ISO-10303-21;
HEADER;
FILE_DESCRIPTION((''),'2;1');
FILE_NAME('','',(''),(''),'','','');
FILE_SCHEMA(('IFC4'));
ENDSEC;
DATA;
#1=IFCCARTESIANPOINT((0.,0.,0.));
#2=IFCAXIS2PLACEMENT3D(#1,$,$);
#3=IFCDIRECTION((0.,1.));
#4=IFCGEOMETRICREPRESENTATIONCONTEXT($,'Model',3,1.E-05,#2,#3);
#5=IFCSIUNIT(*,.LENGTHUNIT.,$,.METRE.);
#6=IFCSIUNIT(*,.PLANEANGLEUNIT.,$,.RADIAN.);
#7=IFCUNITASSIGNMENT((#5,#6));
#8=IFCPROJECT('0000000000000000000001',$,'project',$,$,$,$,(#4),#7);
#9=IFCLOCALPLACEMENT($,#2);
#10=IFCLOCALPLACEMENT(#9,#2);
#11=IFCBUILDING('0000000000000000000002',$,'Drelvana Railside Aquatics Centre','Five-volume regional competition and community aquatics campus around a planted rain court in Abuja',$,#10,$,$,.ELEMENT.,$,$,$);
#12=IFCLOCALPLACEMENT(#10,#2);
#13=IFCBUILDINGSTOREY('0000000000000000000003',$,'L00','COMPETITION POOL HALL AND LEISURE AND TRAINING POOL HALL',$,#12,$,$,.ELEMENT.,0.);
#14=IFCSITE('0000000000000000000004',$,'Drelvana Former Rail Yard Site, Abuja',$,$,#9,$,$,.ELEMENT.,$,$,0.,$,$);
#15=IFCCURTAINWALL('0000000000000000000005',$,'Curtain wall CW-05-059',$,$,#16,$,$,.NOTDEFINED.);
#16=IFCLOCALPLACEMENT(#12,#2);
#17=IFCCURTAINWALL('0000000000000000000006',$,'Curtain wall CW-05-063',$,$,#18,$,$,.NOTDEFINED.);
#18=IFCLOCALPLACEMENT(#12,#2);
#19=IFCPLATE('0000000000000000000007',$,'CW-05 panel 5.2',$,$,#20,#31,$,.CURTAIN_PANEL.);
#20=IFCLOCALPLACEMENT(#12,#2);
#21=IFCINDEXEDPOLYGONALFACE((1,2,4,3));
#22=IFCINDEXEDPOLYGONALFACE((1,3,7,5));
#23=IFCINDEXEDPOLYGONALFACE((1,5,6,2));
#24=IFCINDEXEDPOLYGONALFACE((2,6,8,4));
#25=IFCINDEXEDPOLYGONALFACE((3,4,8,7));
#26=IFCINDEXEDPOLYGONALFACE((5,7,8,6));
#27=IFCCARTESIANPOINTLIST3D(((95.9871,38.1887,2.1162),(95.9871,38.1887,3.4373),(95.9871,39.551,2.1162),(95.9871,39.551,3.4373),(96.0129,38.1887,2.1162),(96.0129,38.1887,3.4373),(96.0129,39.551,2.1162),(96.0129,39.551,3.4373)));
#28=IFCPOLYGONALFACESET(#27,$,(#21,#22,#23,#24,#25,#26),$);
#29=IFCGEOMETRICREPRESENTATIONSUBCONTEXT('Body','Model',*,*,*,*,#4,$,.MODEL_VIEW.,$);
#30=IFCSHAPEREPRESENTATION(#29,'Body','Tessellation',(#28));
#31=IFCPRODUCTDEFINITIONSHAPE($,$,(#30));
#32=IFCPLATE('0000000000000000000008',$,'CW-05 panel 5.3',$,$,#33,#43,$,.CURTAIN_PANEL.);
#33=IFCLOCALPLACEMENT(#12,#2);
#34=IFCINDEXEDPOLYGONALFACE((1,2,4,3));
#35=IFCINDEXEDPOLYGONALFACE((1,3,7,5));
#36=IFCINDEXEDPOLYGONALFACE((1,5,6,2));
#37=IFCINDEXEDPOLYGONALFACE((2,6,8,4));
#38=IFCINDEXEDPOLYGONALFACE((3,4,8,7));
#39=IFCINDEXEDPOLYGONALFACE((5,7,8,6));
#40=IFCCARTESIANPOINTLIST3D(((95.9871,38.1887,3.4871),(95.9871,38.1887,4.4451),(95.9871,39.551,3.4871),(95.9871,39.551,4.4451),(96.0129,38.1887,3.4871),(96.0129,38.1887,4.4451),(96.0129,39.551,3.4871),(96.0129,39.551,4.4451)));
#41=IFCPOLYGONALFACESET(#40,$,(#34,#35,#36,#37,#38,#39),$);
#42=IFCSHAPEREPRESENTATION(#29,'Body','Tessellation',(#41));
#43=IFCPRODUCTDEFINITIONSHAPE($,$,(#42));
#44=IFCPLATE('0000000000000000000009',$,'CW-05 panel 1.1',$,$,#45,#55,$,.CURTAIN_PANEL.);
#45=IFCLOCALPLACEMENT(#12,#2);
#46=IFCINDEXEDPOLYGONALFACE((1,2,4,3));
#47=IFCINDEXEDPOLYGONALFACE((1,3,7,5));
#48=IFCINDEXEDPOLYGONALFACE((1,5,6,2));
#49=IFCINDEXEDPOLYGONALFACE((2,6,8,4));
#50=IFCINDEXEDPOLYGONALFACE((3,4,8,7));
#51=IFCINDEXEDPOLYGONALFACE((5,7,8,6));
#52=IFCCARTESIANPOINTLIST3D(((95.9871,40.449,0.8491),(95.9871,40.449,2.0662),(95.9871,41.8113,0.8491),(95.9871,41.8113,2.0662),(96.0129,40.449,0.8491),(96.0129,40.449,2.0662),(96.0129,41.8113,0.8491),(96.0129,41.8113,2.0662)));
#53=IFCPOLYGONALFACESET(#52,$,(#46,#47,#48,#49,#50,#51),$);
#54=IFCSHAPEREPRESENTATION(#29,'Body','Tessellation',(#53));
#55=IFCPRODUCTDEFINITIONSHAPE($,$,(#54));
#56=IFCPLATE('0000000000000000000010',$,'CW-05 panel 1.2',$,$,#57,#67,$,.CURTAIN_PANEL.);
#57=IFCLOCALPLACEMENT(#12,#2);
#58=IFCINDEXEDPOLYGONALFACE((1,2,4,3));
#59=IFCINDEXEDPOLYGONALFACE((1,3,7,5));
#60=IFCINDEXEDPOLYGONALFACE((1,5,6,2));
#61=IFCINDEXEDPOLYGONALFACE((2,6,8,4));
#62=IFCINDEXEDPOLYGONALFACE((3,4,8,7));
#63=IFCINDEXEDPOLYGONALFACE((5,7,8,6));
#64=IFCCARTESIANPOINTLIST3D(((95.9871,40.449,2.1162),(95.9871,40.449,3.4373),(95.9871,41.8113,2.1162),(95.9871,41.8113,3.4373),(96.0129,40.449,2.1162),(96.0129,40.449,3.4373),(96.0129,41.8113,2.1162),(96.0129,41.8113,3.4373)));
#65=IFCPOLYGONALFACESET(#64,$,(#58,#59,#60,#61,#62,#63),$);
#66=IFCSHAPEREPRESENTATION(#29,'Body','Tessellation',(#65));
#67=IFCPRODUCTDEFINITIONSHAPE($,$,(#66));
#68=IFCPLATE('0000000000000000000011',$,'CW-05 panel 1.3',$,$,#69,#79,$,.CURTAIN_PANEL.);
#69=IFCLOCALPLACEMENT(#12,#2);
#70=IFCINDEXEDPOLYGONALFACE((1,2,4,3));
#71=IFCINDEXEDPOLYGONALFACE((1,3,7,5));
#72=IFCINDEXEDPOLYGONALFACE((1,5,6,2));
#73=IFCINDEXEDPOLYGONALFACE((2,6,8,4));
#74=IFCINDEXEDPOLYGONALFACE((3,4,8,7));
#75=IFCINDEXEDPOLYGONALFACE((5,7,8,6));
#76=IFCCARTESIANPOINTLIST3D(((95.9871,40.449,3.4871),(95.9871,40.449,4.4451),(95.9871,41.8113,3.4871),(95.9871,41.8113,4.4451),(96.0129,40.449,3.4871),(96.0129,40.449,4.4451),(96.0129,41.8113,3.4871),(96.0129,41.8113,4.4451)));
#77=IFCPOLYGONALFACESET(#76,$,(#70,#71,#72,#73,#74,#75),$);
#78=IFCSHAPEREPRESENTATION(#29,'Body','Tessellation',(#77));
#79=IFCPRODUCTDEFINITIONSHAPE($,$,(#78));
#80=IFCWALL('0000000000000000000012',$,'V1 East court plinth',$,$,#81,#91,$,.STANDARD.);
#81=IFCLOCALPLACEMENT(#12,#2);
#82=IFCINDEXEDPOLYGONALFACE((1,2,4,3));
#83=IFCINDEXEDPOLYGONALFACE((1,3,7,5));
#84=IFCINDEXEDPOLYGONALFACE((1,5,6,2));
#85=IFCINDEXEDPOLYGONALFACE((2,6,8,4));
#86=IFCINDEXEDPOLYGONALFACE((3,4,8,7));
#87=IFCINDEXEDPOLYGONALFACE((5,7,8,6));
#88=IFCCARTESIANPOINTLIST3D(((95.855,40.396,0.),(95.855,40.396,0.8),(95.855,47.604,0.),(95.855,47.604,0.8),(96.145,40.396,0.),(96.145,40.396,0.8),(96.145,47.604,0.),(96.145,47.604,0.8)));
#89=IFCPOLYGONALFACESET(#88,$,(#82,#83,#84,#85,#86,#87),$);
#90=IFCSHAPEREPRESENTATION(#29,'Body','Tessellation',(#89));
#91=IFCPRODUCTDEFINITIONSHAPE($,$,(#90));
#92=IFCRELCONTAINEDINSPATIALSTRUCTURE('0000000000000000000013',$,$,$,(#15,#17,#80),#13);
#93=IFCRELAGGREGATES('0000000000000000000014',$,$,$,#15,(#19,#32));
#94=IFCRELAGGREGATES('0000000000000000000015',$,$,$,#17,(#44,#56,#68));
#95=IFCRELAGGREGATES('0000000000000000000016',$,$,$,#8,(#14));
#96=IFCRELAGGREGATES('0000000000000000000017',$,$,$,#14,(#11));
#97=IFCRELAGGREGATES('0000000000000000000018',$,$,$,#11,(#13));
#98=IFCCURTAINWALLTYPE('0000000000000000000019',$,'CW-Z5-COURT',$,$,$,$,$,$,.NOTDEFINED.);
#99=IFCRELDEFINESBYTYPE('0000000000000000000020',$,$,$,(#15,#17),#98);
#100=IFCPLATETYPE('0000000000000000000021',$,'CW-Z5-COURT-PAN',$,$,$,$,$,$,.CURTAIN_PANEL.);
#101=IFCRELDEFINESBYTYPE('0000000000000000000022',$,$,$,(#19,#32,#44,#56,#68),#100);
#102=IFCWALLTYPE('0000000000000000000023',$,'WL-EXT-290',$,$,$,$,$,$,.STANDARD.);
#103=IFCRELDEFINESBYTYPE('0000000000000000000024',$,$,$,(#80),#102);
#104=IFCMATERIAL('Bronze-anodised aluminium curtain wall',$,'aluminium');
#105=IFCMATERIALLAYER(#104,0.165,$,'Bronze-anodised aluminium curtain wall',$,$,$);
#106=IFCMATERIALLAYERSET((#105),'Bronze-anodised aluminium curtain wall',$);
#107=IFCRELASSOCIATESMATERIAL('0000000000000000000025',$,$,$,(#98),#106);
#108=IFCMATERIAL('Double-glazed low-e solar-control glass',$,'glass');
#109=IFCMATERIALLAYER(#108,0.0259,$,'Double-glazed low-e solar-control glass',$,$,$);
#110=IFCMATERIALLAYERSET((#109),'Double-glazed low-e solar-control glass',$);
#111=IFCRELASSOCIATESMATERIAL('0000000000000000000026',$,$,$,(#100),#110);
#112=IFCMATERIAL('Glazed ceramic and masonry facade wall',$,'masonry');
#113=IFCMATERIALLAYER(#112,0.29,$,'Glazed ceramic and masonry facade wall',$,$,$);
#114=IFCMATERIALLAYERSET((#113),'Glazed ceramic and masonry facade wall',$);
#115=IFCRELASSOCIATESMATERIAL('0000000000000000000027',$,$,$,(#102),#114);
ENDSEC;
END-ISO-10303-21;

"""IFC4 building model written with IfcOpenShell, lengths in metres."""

from ifc_helpers import new_model, si_unit, direction, frame, frame_2d, origin, origin_2d, place, context, subcontext, project, spatial, rectangle, extrude, material, layer, layer_set, type_object, element, aggregate, save


model = new_model("IFC4")

# Units and contexts
model_context = context("Model", 3, precision=1e-05, world=origin(), true_north=direction((0.0, 1.0)))
body_context = subcontext(model_context, "Body", "Model", "MODEL_VIEW")
ifc_project = project(units=[si_unit("LENGTHUNIT", "METRE"), si_unit("PLANEANGLEUNIT", "RADIAN")], contexts=[model_context])

# Site, building, storey
site_placement = place(None, origin())
site = spatial("IfcSite", under=ifc_project, at=site_placement, Name="Drelvana Former Rail Yard Site, Abuja", CompositionType="ELEMENT", RefElevation=0.0)
building_placement = place(site_placement, origin())
building = spatial("IfcBuilding", under=site, at=building_placement, Name="Drelvana Railside Aquatics Centre", Description="Five-volume regional competition and community aquatics campus around a planted rain court in Abuja", CompositionType="ELEMENT")
storey_placement = place(building_placement, origin())
storey = spatial("IfcBuildingStorey", under=building, at=storey_placement, Name="L00", Description="COMPETITION POOL HALL AND LEISURE AND TRAINING POOL HALL", CompositionType="ELEMENT", Elevation=0.0)

# Curtain walls
ifc_material_1 = material(Name="Bronze-anodised aluminium curtain wall", Category="aluminium")
ifc_layer_1 = layer(ifc_material_1, 0.165, Name="Bronze-anodised aluminium curtain wall")
ifc_layer_set_1 = layer_set([ifc_layer_1], Name="Bronze-anodised aluminium curtain wall")
curtain_wall_type = type_object("IfcCurtainWallType", Name="CW-Z5-COURT", PredefinedType="NOTDEFINED", material=ifc_layer_set_1)
curtain_wall_1_placement = place(storey_placement, origin())
curtain_wall_1 = element("IfcCurtainWall", 1, at=curtain_wall_1_placement, inside=storey, type_object=curtain_wall_type, Name="Curtain wall CW-05-059", PredefinedType="NOTDEFINED")
curtain_wall_2_placement = place(storey_placement, origin())
curtain_wall_2 = element("IfcCurtainWall", 2, at=curtain_wall_2_placement, inside=storey, type_object=curtain_wall_type, Name="Curtain wall CW-05-063", PredefinedType="NOTDEFINED")

# Plates
ifc_material_2 = material(Name="Double-glazed low-e solar-control glass", Category="glass")
ifc_layer_2 = layer(ifc_material_2, 0.0259, Name="Double-glazed low-e solar-control glass")
ifc_layer_set_2 = layer_set([ifc_layer_2], Name="Double-glazed low-e solar-control glass")
plate_type = type_object("IfcPlateType", Name="CW-Z5-COURT-PAN", PredefinedType="CURTAIN_PANEL", material=ifc_layer_set_2)
plate_1_placement = place(storey_placement, frame((96.0, 38.8699, 2.1162), z_axis=(0.0, 0.0, 1.0), x_axis=(0.0, 1.0, 0.0)))
plate_1 = element("IfcPlate", 3, at=plate_1_placement, type_object=plate_type, Name="CW-05 panel 5.2", PredefinedType="CURTAIN_PANEL", context=body_context, shape_type="SweptSolid", body=[
    extrude(rectangle(XDim=1.3623, YDim=0.0259, at=origin_2d()), origin(), (0.0, 0.0, 1.0), 1.321),
])
plate_2_placement = place(storey_placement, frame((96.0, 38.8699, 3.4871), z_axis=(0.0, 0.0, 1.0), x_axis=(0.0, 1.0, 0.0)))
plate_2 = element("IfcPlate", 4, at=plate_2_placement, type_object=plate_type, Name="CW-05 panel 5.3", PredefinedType="CURTAIN_PANEL", context=body_context, shape_type="SweptSolid", body=[
    extrude(rectangle(XDim=1.3623, YDim=0.0259, at=origin_2d()), origin(), (0.0, 0.0, 1.0), 0.958),
])
aggregate(curtain_wall_1, [plate_1, plate_2])
plate_3_placement = place(storey_placement, frame((96.0, 41.1301, 0.8491), z_axis=(0.0, 0.0, 1.0), x_axis=(0.0, 1.0, 0.0)))
plate_3 = element("IfcPlate", 5, at=plate_3_placement, type_object=plate_type, Name="CW-05 panel 1.1", PredefinedType="CURTAIN_PANEL", context=body_context, shape_type="SweptSolid", body=[
    extrude(rectangle(XDim=1.3623, YDim=0.0259, at=origin_2d()), origin(), (0.0, 0.0, 1.0), 1.217),
])
plate_4_placement = place(storey_placement, frame((96.0, 41.1301, 2.1162), z_axis=(0.0, 0.0, 1.0), x_axis=(0.0, 1.0, 0.0)))
plate_4 = element("IfcPlate", 6, at=plate_4_placement, type_object=plate_type, Name="CW-05 panel 1.2", PredefinedType="CURTAIN_PANEL", context=body_context, shape_type="SweptSolid", body=[
    extrude(rectangle(XDim=1.3623, YDim=0.0259, at=origin_2d()), origin(), (0.0, 0.0, 1.0), 1.321),
])
plate_5_placement = place(storey_placement, frame((96.0, 41.1301, 3.4871), z_axis=(0.0, 0.0, 1.0), x_axis=(0.0, 1.0, 0.0)))
plate_5 = element("IfcPlate", 7, at=plate_5_placement, type_object=plate_type, Name="CW-05 panel 1.3", PredefinedType="CURTAIN_PANEL", context=body_context, shape_type="SweptSolid", body=[
    extrude(rectangle(XDim=1.3623, YDim=0.0259, at=origin_2d()), origin(), (0.0, 0.0, 1.0), 0.958),
])
aggregate(curtain_wall_2, [plate_3, plate_4, plate_5])

# Wall
ifc_material_3 = material(Name="Glazed ceramic and masonry facade wall", Category="masonry")
ifc_layer_3 = layer(ifc_material_3, 0.29, Name="Glazed ceramic and masonry facade wall")
ifc_layer_set_3 = layer_set([ifc_layer_3], Name="Glazed ceramic and masonry facade wall")
wall_type = type_object("IfcWallType", Name="WL-EXT-290", PredefinedType="STANDARD", material=ifc_layer_set_3)
wall_placement = place(storey_placement, frame((96.0, 40.396, 0.0), z_axis=(0.0, 0.0, 1.0), x_axis=(0.0, 1.0, 0.0)))
element("IfcWall", 8, at=wall_placement, inside=storey, type_object=wall_type, Name="V1 East court plinth", PredefinedType="STANDARD", context=body_context, shape_type="SweptSolid", body=[
    extrude(rectangle(XDim=7.208, YDim=0.29, at=frame_2d((3.604, 0.0))), origin(), (0.0, 0.0, 1.0), 0.8),
])

save(model, "model.ifc")
